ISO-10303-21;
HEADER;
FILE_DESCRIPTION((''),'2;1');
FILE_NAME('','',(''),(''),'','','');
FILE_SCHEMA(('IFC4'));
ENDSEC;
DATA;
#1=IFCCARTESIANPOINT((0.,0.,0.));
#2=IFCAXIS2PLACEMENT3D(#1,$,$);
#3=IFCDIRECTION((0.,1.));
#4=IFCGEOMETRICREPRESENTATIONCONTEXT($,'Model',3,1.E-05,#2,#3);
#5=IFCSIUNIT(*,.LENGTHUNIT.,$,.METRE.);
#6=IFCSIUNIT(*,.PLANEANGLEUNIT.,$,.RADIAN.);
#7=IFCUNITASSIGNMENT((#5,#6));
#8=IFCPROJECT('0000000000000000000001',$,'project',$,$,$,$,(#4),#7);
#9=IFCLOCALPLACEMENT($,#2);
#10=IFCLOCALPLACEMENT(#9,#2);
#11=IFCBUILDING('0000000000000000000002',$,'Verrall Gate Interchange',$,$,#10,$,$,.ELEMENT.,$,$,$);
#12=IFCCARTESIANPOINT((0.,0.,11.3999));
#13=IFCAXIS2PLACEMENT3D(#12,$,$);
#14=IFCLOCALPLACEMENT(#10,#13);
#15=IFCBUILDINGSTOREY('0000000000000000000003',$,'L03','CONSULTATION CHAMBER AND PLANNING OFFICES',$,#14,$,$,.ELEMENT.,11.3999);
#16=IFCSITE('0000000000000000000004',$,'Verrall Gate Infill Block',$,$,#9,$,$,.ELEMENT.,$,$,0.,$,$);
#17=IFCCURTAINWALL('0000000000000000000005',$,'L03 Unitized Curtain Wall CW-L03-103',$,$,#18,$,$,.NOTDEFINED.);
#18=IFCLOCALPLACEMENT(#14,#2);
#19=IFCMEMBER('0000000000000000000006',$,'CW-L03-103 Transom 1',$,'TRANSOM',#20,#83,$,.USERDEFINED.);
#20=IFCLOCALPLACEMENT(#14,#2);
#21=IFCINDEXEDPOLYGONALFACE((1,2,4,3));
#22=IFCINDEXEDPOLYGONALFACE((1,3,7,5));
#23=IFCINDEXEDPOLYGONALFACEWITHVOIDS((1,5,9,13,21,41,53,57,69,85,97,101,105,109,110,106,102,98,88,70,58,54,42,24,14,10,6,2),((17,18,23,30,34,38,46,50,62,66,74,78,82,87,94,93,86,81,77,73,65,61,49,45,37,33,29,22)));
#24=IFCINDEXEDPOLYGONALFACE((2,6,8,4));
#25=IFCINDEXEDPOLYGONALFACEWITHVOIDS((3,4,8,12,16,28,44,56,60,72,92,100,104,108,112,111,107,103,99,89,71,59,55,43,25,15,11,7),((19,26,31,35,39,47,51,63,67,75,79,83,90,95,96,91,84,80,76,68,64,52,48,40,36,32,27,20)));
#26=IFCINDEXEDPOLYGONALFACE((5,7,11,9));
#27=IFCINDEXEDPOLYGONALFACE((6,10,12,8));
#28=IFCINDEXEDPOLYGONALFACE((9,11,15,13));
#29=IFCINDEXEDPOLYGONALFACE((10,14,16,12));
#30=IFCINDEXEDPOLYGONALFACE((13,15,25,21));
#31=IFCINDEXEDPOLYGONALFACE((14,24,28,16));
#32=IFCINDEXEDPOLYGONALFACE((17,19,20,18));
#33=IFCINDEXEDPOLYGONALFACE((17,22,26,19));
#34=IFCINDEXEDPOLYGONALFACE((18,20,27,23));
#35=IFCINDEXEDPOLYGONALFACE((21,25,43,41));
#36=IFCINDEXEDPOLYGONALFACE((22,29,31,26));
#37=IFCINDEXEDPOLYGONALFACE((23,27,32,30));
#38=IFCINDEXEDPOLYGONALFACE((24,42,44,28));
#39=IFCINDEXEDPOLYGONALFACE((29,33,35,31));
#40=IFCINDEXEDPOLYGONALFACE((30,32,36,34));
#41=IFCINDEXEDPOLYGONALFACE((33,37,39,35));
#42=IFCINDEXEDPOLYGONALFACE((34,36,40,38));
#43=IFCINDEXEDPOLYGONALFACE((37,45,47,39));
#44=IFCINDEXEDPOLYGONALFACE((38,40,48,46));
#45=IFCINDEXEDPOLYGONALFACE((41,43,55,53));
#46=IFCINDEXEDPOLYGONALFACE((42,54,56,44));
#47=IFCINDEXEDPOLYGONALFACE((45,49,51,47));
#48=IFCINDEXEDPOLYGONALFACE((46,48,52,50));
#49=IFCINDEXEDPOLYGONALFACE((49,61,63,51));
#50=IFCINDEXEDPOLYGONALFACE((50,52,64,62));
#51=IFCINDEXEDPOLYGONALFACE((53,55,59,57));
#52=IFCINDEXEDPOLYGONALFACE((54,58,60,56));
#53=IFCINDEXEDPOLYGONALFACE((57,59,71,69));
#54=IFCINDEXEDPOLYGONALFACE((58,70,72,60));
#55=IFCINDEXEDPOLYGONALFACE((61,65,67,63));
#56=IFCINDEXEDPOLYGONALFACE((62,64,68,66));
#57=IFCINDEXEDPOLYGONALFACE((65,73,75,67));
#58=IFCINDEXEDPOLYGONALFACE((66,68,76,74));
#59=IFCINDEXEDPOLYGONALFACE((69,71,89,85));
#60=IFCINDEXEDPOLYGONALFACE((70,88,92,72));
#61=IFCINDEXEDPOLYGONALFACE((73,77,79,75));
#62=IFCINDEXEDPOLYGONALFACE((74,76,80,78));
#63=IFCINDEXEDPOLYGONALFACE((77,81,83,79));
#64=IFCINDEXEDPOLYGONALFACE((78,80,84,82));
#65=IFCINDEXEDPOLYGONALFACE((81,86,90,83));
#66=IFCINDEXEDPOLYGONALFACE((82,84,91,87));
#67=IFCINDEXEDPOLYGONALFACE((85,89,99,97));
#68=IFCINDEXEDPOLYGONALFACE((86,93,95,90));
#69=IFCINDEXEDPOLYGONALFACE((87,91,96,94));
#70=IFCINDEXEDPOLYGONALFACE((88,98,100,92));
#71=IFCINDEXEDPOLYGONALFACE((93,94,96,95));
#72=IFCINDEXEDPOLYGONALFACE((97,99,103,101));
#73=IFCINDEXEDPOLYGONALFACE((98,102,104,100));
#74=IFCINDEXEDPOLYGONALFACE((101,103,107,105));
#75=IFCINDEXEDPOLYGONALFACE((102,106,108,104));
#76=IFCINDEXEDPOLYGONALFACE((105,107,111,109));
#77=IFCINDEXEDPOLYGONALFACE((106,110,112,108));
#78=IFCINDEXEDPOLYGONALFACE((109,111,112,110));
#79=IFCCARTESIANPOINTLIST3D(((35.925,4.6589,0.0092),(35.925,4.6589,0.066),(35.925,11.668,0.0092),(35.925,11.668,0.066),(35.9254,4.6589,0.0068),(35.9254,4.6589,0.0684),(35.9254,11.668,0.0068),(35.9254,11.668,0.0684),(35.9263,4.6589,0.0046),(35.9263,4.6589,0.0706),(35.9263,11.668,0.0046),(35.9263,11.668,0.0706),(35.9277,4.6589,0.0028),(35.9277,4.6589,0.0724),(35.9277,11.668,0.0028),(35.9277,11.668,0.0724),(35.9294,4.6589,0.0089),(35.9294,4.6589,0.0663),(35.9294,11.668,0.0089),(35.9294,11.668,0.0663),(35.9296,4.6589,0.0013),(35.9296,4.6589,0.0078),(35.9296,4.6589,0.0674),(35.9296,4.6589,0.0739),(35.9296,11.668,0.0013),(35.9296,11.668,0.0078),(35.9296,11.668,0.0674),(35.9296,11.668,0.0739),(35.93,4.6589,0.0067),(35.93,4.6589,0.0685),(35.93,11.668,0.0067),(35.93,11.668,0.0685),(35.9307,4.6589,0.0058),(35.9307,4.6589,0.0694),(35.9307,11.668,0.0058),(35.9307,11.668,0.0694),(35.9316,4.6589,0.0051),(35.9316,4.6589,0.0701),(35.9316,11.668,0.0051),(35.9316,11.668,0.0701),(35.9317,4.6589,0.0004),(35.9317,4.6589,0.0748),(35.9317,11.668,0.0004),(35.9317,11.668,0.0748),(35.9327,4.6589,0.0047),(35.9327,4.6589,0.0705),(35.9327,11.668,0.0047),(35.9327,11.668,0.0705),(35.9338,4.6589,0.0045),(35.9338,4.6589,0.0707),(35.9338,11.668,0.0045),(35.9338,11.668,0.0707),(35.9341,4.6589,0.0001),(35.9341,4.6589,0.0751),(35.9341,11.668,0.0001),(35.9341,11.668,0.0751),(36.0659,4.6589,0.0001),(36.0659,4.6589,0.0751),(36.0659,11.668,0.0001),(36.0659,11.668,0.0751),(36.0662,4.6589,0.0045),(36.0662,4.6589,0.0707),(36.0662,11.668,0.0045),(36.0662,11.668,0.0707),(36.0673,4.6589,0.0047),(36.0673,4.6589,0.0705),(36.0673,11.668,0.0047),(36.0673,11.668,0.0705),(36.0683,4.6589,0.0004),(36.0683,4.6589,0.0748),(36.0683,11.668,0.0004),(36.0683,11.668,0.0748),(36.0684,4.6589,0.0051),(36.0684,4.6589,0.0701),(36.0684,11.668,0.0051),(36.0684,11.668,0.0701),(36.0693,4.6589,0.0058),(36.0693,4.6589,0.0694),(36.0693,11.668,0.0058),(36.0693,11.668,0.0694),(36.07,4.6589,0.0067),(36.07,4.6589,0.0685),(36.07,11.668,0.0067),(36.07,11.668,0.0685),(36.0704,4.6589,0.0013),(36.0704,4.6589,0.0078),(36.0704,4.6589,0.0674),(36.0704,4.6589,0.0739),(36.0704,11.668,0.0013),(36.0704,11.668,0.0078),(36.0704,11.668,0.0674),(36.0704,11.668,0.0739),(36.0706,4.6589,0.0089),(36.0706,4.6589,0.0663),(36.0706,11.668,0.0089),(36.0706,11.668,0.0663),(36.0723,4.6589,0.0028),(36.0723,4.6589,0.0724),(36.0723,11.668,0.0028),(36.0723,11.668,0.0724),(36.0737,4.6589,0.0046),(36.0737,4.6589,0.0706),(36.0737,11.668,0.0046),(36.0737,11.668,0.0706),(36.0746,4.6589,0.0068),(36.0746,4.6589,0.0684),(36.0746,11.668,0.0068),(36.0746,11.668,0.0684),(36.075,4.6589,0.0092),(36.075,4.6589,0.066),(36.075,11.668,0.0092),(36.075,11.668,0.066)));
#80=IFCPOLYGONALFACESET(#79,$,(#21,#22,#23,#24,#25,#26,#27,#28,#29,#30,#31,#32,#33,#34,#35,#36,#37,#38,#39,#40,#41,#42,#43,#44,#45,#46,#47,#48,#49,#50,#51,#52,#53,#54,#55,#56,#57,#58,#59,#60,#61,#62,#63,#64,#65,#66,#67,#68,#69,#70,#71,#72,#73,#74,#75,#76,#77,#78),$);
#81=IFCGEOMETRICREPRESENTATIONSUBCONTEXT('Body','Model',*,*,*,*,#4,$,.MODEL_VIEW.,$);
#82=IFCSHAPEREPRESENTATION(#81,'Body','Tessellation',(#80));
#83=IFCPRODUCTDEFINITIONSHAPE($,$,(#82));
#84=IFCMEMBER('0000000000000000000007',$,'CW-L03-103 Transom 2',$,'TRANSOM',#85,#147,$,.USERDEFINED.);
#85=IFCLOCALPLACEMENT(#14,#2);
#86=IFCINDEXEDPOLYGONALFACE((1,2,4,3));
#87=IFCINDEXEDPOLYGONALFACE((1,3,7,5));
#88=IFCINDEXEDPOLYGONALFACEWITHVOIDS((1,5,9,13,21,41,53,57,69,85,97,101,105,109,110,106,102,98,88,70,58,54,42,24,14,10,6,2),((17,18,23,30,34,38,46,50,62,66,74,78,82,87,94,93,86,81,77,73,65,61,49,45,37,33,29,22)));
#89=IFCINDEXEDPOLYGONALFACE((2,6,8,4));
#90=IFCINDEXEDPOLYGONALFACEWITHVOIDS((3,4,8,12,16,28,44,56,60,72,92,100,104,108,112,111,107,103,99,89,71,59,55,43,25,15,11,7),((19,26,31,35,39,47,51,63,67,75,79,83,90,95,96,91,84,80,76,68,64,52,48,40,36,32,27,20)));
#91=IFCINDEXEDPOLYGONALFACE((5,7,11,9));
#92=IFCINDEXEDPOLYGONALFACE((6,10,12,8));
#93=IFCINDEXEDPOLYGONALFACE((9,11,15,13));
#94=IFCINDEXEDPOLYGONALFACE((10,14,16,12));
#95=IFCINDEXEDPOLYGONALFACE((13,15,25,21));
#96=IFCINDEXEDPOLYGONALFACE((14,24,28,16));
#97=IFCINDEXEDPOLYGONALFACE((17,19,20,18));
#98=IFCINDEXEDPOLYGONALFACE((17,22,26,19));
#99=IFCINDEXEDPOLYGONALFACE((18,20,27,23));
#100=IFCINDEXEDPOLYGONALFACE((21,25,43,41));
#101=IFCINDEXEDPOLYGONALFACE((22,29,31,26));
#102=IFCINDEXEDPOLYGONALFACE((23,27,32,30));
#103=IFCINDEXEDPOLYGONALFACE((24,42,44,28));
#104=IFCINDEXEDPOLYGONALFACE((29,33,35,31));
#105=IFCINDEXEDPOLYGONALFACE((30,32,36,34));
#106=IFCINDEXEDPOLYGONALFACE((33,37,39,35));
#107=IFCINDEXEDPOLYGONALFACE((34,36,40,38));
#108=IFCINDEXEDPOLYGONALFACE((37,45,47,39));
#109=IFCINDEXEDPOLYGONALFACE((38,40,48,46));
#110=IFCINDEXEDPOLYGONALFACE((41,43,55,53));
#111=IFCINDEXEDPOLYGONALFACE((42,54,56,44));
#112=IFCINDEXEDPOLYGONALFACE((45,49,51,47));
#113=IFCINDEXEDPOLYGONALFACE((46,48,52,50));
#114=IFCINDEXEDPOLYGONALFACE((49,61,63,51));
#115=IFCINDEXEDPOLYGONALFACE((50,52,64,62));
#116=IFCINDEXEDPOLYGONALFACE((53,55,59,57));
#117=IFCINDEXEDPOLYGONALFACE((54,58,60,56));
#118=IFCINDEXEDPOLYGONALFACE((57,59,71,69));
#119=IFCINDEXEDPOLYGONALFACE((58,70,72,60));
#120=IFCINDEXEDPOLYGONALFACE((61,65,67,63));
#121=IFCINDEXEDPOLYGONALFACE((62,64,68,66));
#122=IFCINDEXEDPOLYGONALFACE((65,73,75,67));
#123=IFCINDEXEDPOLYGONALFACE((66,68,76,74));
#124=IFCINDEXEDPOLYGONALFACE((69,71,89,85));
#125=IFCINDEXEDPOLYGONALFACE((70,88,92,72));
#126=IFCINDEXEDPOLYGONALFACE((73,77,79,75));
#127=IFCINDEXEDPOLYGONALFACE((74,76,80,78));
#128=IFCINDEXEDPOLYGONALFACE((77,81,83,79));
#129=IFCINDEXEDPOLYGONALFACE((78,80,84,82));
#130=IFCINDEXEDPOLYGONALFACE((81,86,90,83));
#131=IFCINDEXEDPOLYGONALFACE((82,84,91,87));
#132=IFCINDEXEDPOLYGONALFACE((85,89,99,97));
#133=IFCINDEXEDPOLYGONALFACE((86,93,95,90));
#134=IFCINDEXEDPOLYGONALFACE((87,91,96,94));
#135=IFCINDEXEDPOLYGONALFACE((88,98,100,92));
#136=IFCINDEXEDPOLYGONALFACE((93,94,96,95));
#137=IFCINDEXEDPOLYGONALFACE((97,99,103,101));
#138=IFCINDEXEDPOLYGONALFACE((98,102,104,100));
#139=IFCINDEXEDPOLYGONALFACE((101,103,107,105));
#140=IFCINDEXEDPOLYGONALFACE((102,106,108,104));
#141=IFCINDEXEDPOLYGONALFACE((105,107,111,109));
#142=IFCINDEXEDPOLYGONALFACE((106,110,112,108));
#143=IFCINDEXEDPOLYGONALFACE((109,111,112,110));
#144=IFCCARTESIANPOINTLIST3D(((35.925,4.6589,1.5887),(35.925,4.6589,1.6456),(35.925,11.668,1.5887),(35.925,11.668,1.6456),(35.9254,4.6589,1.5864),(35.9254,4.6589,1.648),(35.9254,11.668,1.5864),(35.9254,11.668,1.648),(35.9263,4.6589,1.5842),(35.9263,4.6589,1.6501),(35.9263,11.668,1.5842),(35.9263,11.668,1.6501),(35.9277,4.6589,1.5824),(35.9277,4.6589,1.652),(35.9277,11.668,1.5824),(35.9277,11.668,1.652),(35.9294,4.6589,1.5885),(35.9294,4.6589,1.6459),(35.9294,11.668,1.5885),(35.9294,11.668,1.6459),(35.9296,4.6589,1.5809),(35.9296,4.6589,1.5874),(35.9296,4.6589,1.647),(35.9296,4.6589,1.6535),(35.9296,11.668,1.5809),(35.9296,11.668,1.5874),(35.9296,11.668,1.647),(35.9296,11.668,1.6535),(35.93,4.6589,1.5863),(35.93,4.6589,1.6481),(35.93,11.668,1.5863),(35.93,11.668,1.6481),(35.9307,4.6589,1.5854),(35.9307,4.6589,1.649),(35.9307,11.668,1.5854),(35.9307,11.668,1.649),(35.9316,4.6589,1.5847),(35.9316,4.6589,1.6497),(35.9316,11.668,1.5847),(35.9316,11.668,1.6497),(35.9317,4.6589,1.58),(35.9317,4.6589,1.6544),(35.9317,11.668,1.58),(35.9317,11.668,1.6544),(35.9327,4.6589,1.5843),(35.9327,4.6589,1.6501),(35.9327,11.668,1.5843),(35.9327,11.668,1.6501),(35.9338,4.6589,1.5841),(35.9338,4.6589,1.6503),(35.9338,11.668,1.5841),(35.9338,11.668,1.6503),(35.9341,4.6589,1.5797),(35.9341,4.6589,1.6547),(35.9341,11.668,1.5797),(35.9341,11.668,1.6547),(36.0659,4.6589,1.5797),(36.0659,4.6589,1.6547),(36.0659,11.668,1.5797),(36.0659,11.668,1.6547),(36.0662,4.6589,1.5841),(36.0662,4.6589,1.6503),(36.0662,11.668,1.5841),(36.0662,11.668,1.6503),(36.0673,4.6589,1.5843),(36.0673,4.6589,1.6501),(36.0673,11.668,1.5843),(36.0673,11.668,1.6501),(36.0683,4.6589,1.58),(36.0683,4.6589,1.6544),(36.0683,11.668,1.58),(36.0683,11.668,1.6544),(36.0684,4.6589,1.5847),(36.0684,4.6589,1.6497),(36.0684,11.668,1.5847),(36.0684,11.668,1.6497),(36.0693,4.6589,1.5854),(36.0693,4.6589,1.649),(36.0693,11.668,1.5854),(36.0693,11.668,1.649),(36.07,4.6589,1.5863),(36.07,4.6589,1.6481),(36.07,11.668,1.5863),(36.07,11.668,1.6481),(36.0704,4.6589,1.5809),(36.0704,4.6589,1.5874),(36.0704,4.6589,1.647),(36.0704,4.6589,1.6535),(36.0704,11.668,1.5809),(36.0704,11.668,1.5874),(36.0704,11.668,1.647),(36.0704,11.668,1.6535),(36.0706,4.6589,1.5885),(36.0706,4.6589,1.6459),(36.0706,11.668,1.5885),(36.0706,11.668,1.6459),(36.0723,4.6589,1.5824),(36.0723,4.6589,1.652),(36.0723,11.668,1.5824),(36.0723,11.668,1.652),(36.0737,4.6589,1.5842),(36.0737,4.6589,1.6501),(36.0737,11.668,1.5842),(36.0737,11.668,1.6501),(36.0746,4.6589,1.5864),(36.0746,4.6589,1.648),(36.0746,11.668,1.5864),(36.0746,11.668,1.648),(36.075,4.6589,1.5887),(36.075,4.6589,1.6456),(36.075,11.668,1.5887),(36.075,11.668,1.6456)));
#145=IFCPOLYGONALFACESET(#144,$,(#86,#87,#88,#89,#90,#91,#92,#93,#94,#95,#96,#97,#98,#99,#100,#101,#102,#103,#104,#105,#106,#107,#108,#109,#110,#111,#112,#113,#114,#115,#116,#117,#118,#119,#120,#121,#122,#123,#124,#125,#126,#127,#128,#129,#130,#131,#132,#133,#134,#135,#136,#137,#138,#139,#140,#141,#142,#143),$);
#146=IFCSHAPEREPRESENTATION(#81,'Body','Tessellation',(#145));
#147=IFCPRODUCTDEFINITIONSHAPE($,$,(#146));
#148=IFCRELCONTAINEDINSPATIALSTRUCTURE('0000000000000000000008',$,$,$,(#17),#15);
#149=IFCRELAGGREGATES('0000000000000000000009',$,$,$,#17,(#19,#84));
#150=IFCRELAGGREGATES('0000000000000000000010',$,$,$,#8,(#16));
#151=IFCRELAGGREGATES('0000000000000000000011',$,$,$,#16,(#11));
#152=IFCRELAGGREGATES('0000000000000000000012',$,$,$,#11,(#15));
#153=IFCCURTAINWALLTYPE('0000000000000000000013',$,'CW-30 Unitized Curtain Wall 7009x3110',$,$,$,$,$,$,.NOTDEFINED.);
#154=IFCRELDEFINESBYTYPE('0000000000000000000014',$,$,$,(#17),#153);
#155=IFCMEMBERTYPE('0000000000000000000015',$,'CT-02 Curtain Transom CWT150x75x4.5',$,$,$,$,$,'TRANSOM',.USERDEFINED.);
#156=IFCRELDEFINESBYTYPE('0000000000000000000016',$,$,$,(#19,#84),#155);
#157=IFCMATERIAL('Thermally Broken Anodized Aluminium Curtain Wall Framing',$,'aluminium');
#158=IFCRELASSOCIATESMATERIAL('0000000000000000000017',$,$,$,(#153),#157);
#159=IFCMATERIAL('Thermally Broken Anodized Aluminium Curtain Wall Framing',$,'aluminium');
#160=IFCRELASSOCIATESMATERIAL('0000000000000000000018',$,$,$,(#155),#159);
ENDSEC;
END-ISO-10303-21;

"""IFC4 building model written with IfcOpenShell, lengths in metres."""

from ifc_helpers import new_model, si_unit, direction, frame, origin, origin_2d, place, context, subcontext, project, spatial, hollow_rectangle, extrude, material, material_profile, profile_set, type_object, element, aggregate, save


model = new_model("IFC4")

# Units and contexts
model_context = context("Model", 3, precision=1e-05, world=origin(), true_north=direction((0.0, 1.0)))
body_context = subcontext(model_context, "Body", "Model", "MODEL_VIEW")
ifc_project = project(units=[si_unit("LENGTHUNIT", "METRE"), si_unit("PLANEANGLEUNIT", "RADIAN")], contexts=[model_context])

# Site, building, storey
site_placement = place(None, origin())
site = spatial("IfcSite", under=ifc_project, at=site_placement, Name="Verrall Gate Infill Block", CompositionType="ELEMENT", RefElevation=0.0)
building_placement = place(site_placement, origin())
building = spatial("IfcBuilding", under=site, at=building_placement, Name="Verrall Gate Interchange", CompositionType="ELEMENT")
storey_placement = place(building_placement, frame((0.0, 0.0, 11.3999)))
storey = spatial("IfcBuildingStorey", under=building, at=storey_placement, Name="L03", Description="CONSULTATION CHAMBER AND PLANNING OFFICES", CompositionType="ELEMENT", Elevation=11.3999)

# Curtain wall, members
ifc_material_1 = material(Name="Thermally Broken Anodized Aluminium Curtain Wall Framing", Category="aluminium")
curtain_wall_type = type_object("IfcCurtainWallType", Name="CW-30 Unitized Curtain Wall 7009x3110", PredefinedType="NOTDEFINED", material=ifc_material_1)
curtain_wall_placement = place(storey_placement, origin())
curtain_wall = element("IfcCurtainWall", 1, at=curtain_wall_placement, inside=storey, type_object=curtain_wall_type, Name="L03 Unitized Curtain Wall CW-L03-103", PredefinedType="NOTDEFINED")
ifc_material_2 = material(Name="Thermally Broken Anodized Aluminium Curtain Wall Framing", Category="aluminium")
ifc_material_profile_1 = material_profile(ifc_material_2, hollow_rectangle(XDim=0.1499, YDim=0.075, WallThickness=0.0044, InnerFilletRadius=0.0044, OuterFilletRadius=0.009, at=origin_2d()), Name="CWT150x75x4.5")
ifc_profile_set_1 = profile_set([ifc_material_profile_1], Name="Thermally Broken Anodized Aluminium Curtain Wall Framing")
member_type_1 = type_object("IfcMemberType", Name="CT-02 Curtain Transom CWT150x75x4.5", ElementType="TRANSOM", PredefinedType="USERDEFINED", material=ifc_profile_set_1)
member_1_placement = place(storey_placement, frame((36.0, 4.6589, 0.0376), z_axis=(0.0, 1.0, 0.0), x_axis=(-1.0, 0.0, 0.0)))
member_1 = element("IfcMember", 2, at=member_1_placement, type_object=member_type_1, Name="CW-L03-103 Transom 1", ObjectType="TRANSOM", PredefinedType="USERDEFINED", context=body_context, shape_type="SweptSolid", body=[
    extrude(hollow_rectangle(XDim=0.1499, YDim=0.075, WallThickness=0.0044, InnerFilletRadius=0.0044, OuterFilletRadius=0.009, at=origin_2d()), origin(), (0.0, 0.0, 1.0), 7.009),
])
member_2_placement = place(storey_placement, frame((36.0, 4.6589, 1.6172), z_axis=(0.0, 1.0, 0.0), x_axis=(-1.0, 0.0, 0.0)))
member_2 = element("IfcMember", 3, at=member_2_placement, type_object=member_type_1, Name="CW-L03-103 Transom 2", ObjectType="TRANSOM", PredefinedType="USERDEFINED", context=body_context, shape_type="SweptSolid", body=[
    extrude(hollow_rectangle(XDim=0.1499, YDim=0.075, WallThickness=0.0044, InnerFilletRadius=0.0044, OuterFilletRadius=0.009, at=origin_2d()), origin(), (0.0, 0.0, 1.0), 7.009),
])

aggregate(curtain_wall, [member_1, member_2])

save(model, "model.ifc")
